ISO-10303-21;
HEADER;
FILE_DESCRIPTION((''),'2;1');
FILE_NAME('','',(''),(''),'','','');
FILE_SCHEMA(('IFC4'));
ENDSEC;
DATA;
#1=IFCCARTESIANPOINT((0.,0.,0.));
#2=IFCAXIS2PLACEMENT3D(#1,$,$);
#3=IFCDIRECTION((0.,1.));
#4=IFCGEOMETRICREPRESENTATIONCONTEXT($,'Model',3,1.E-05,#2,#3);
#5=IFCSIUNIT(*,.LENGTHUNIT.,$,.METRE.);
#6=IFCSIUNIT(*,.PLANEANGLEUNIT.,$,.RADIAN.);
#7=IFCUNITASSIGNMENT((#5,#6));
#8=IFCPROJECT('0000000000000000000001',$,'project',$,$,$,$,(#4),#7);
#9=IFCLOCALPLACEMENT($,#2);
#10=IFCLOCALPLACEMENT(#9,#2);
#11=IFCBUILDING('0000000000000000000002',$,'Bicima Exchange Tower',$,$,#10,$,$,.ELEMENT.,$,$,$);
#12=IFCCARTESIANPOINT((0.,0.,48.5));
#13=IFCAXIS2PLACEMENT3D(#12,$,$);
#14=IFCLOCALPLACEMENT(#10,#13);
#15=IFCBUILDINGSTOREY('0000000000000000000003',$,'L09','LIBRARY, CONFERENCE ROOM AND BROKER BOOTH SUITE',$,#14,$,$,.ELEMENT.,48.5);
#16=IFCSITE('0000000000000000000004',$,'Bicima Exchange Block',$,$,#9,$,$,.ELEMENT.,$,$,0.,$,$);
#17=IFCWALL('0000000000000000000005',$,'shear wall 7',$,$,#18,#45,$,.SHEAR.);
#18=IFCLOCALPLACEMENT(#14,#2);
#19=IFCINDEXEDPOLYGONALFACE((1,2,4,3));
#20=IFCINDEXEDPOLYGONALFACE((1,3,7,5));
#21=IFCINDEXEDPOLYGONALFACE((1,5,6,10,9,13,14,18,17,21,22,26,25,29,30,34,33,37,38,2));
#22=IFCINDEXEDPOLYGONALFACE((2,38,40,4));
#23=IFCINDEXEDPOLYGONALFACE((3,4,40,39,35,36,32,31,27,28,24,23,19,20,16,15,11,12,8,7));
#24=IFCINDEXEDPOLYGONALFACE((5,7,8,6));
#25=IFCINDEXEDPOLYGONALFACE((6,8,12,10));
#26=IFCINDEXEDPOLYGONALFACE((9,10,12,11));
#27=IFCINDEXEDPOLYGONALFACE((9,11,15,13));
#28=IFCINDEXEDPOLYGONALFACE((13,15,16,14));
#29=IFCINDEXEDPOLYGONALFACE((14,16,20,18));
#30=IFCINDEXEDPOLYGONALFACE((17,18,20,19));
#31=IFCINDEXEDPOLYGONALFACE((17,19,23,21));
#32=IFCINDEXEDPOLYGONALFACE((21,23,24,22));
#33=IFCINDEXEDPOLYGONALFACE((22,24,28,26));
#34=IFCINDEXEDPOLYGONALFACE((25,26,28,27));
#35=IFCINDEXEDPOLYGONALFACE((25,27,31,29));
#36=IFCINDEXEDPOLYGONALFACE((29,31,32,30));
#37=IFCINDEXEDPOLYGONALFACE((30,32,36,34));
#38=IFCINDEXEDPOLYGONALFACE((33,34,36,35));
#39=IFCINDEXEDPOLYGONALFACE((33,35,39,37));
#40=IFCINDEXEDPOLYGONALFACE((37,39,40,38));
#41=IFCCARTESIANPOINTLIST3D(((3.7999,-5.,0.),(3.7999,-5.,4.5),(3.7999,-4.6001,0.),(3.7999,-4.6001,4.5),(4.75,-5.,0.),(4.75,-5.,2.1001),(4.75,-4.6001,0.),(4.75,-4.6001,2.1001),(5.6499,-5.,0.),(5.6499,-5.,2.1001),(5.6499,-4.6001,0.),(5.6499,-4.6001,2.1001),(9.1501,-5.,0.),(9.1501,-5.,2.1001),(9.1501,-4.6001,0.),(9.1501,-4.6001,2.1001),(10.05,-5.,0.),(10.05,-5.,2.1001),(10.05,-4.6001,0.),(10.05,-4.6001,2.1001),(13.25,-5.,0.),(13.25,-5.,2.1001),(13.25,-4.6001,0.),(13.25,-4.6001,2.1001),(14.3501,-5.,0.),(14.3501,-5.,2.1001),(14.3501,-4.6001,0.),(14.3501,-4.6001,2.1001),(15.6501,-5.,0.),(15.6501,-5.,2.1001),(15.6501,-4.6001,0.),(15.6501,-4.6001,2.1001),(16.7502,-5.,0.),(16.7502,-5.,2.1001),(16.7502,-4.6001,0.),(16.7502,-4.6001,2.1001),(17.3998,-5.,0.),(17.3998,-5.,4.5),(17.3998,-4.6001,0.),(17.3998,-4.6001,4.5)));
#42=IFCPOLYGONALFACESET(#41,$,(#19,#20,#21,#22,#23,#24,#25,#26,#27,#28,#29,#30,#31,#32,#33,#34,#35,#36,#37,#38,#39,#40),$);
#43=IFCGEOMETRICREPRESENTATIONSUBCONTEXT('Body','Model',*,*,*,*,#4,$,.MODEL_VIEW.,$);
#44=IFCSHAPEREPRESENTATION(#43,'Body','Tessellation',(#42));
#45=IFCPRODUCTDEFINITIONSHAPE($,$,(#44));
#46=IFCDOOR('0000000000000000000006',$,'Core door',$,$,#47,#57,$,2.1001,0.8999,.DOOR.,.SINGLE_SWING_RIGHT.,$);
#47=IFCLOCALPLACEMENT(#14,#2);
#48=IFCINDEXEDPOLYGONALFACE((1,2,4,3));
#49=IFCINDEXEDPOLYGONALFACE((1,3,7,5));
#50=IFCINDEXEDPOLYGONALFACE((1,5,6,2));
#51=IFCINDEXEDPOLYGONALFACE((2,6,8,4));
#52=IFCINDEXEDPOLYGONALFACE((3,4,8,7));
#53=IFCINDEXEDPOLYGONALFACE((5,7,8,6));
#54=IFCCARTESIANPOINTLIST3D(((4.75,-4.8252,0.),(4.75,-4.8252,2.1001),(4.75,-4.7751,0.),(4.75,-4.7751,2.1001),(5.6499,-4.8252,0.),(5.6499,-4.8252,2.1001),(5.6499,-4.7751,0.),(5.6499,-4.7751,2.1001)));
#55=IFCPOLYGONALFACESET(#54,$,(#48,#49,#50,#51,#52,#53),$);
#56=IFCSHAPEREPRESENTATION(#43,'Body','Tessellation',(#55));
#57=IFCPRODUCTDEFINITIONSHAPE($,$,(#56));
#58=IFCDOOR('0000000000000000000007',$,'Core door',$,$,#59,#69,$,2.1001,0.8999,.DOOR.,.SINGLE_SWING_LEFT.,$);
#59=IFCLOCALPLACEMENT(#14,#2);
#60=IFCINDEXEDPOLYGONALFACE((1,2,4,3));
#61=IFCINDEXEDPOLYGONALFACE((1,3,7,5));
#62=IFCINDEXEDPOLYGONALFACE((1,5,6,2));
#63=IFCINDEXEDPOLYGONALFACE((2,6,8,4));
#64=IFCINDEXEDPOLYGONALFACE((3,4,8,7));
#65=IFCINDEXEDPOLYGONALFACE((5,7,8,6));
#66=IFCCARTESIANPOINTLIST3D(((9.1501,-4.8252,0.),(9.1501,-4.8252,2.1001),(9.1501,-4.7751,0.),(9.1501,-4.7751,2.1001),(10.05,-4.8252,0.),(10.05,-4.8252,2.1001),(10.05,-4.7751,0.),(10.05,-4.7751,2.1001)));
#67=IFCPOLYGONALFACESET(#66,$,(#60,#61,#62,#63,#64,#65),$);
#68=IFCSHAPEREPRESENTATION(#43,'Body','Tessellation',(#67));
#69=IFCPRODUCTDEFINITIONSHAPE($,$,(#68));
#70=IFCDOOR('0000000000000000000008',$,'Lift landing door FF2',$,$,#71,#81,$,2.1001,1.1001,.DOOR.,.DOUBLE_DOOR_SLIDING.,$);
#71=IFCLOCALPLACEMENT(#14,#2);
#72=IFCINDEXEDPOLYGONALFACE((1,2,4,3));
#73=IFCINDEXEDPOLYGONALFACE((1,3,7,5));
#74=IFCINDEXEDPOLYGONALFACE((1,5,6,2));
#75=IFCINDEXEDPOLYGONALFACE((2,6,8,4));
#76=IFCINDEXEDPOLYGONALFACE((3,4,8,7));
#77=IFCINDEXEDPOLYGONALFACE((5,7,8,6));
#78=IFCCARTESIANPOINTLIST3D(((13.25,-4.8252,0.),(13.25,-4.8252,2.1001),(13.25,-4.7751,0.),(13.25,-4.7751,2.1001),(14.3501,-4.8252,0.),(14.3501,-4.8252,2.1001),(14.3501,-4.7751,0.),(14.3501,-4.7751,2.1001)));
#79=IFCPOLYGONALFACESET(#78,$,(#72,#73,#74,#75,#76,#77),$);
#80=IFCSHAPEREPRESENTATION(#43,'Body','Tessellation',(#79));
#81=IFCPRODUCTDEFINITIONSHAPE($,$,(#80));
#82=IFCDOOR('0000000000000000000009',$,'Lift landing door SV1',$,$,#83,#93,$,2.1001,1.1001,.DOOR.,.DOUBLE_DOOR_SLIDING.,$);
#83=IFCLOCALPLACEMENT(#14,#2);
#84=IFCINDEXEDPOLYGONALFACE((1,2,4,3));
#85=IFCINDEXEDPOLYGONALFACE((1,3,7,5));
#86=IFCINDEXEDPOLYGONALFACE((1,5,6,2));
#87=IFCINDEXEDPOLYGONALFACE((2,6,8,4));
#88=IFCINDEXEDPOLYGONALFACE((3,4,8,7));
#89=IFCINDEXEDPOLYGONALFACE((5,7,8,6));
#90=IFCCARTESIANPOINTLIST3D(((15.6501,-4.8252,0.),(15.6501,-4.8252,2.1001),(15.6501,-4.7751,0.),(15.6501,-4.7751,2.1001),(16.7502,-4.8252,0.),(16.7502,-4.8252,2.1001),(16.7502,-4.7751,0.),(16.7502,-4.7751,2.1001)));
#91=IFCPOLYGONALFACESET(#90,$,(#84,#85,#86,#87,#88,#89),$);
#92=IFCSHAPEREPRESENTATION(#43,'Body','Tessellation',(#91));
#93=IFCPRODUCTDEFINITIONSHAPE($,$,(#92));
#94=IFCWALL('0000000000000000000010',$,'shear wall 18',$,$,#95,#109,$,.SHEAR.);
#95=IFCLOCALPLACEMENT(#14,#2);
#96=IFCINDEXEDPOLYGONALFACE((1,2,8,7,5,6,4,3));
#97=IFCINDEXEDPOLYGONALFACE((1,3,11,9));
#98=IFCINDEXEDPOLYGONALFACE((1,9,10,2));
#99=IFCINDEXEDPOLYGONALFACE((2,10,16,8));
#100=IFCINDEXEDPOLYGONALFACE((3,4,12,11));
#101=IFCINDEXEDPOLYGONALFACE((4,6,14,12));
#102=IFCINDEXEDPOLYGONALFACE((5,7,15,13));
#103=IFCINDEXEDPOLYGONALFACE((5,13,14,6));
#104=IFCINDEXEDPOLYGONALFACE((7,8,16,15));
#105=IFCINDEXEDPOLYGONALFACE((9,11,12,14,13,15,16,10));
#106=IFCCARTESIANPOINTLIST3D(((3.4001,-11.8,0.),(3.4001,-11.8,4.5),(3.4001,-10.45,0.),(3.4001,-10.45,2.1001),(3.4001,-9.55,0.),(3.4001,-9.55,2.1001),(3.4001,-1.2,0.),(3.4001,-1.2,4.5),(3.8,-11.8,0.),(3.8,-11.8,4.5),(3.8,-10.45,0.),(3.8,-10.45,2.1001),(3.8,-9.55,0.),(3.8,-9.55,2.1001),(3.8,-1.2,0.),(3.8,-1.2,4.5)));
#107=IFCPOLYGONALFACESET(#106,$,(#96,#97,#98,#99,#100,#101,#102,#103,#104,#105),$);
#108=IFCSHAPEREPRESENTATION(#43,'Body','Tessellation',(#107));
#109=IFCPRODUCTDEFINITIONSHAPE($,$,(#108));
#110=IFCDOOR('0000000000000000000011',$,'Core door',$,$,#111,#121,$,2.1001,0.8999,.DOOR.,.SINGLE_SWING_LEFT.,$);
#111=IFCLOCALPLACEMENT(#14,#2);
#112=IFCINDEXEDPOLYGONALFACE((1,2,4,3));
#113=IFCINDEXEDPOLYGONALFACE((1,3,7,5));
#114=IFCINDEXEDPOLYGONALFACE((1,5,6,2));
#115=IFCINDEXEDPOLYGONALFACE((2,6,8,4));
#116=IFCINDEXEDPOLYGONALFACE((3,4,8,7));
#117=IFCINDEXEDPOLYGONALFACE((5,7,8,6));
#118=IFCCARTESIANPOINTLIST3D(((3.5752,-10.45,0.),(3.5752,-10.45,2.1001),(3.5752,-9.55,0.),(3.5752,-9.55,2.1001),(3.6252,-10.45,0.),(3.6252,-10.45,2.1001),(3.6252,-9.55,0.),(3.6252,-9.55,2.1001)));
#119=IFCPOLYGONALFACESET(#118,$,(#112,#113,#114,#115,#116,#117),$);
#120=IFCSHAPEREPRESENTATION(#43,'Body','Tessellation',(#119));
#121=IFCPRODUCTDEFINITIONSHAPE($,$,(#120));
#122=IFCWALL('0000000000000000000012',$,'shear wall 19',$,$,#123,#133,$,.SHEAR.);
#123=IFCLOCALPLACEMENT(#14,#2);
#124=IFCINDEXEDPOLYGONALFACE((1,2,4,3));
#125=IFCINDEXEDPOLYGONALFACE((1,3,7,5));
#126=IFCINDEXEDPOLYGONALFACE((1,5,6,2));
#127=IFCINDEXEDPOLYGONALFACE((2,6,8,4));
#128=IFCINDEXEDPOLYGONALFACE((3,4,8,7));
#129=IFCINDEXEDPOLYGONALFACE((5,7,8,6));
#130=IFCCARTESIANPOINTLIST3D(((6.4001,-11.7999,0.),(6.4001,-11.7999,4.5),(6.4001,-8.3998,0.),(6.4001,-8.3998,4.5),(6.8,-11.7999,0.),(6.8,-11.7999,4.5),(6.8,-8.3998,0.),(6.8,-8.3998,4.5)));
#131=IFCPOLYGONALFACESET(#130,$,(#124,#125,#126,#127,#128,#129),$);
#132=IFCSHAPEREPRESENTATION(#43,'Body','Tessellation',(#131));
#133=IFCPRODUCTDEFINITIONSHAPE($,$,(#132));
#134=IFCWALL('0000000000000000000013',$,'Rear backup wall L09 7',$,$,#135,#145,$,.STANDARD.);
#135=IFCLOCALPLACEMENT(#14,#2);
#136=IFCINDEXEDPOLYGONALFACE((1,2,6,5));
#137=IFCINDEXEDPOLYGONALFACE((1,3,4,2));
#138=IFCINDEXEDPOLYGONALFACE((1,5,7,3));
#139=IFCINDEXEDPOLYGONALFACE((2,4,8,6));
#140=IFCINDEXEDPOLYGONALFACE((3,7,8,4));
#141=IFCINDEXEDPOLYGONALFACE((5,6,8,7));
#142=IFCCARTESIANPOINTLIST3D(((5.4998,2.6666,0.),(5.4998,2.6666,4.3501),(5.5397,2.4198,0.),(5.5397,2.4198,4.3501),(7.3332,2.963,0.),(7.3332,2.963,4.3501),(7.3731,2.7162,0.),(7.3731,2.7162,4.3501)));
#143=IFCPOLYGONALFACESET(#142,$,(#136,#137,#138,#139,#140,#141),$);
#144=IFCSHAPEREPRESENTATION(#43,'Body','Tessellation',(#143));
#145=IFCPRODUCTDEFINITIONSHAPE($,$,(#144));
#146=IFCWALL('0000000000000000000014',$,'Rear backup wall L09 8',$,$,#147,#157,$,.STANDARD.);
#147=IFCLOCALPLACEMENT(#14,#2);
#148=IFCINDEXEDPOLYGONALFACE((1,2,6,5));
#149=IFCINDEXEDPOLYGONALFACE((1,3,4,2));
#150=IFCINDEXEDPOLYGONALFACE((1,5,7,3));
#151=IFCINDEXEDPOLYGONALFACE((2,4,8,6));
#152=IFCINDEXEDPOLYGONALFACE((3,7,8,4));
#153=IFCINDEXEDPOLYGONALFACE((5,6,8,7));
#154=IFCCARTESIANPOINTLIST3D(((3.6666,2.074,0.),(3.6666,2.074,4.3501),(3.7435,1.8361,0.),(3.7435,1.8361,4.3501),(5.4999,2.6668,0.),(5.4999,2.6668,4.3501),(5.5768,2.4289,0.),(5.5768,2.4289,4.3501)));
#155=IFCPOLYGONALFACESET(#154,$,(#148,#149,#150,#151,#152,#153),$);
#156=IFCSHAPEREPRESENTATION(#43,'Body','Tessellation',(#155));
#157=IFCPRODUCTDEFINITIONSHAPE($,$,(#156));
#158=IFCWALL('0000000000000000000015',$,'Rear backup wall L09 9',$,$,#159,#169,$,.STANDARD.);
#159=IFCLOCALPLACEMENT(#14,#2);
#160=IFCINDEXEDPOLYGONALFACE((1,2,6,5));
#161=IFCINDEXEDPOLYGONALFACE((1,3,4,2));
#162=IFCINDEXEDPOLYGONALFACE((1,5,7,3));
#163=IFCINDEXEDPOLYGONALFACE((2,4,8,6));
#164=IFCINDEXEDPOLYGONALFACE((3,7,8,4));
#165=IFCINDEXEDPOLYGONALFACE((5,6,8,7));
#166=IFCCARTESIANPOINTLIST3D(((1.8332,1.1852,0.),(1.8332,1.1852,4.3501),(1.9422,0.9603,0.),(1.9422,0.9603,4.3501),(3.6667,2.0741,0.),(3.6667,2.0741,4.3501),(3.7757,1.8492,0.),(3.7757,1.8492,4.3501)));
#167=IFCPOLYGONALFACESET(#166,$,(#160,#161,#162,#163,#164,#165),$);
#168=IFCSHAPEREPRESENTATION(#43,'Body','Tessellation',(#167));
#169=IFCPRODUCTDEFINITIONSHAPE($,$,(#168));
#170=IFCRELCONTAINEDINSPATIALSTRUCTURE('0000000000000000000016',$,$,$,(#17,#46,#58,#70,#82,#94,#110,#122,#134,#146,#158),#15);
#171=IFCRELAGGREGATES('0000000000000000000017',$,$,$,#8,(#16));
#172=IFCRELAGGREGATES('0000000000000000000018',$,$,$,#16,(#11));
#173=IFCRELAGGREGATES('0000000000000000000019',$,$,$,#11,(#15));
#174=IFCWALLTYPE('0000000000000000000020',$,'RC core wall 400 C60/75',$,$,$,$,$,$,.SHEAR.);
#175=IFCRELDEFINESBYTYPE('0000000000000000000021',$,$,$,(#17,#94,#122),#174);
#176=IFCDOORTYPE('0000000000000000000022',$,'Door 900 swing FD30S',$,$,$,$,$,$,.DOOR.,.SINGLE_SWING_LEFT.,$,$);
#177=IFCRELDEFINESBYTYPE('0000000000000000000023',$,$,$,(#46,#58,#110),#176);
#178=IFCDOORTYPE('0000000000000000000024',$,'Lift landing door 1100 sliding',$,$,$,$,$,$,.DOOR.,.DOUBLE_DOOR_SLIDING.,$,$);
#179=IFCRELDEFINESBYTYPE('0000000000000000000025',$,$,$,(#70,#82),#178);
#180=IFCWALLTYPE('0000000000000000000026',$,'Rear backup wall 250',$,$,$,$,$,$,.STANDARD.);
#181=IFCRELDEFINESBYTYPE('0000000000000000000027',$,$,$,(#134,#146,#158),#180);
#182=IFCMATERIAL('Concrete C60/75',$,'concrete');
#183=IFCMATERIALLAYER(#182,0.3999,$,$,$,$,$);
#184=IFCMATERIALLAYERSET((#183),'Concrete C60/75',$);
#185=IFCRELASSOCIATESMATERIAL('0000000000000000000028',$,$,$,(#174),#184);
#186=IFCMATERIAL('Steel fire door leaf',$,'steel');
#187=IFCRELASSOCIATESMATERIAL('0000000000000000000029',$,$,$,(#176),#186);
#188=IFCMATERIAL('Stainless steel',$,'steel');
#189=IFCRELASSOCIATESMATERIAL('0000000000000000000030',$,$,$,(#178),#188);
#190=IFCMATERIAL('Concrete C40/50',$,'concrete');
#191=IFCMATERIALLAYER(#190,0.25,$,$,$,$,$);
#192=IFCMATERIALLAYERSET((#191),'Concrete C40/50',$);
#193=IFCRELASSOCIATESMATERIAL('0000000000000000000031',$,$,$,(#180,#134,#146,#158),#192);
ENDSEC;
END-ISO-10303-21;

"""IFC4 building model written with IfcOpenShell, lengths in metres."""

from ifc_helpers import new_model, si_unit, direction, frame, frame_2d, origin, place, context, subcontext, project, spatial, rectangle, extrude, material, layer, layer_set, layer_usage, type_object, element, fill, save


model = new_model("IFC4")

# Units and contexts
model_context = context("Model", 3, precision=1e-05, world=origin(), true_north=direction((0.0, 1.0)))
body_context = subcontext(model_context, "Body", "Model", "MODEL_VIEW")
ifc_project = project(units=[si_unit("LENGTHUNIT", "METRE"), si_unit("PLANEANGLEUNIT", "RADIAN")], contexts=[model_context])

# Site, building, storey
site_placement = place(None, origin())
site = spatial("IfcSite", under=ifc_project, at=site_placement, Name="Bicima Exchange Block", CompositionType="ELEMENT", RefElevation=0.0)
building_placement = place(site_placement, origin())
building = spatial("IfcBuilding", under=site, at=building_placement, Name="Bicima Exchange Tower", CompositionType="ELEMENT")
storey_placement = place(building_placement, frame((0.0, 0.0, 48.5)))
storey = spatial("IfcBuildingStorey", under=building, at=storey_placement, Name="L09", Description="LIBRARY, CONFERENCE ROOM AND BROKER BOOTH SUITE", CompositionType="ELEMENT", Elevation=48.5)

# Shared definitions
ifc_material_1 = material(Name="Concrete C60/75", Category="concrete")
ifc_layer_1 = layer(ifc_material_1, 0.3999)
ifc_layer_set_1 = layer_set([ifc_layer_1], Name="Concrete C60/75")
wall_type_1 = type_object("IfcWallType", Name="RC core wall 400 C60/75", PredefinedType="SHEAR", material=ifc_layer_set_1)
ifc_material_2 = material(Name="Steel fire door leaf", Category="steel")
door_type_1 = type_object("IfcDoorType", Name="Door 900 swing FD30S", OperationType="SINGLE_SWING_LEFT", PredefinedType="DOOR", material=ifc_material_2)

# Wall, openings, doors
wall_1_placement = place(storey_placement, frame((3.8, -4.8, 0.0), z_axis=(0.0, 0.0, 1.0), x_axis=(1.0, 0.0, 0.0)))
wall_1 = element("IfcWall", 1, at=wall_1_placement, inside=storey, type_object=wall_type_1, Name="shear wall 7", PredefinedType="SHEAR", context=body_context, shape_type="SweptSolid", body=[
    extrude(rectangle(XDim=13.5999, YDim=0.3999, at=frame_2d((6.7998, 0.0))), origin(), (0.0, 0.0, 1.0), 4.5),
])
opening_1_placement = place(wall_1_placement, frame((9.45, 0.0, 0.0)))
opening_1 = element("IfcOpeningElement", 2, at=opening_1_placement, cuts=wall_1, PredefinedType="OPENING", context=body_context, shape_type="SweptSolid", body=[
    extrude(rectangle(XDim=1.1001, YDim=2.1001, at=frame_2d((0.55, 1.05))), frame((0.0, 0.2119, 0.0), z_axis=(0.0, -1.0, 0.0), x_axis=(1.0, 0.0, 0.0)), (0.0, 0.0, 1.0), 0.4238),
])
opening_2_placement = place(wall_1_placement, frame((11.8501, 0.0, 0.0)))
opening_2 = element("IfcOpeningElement", 3, at=opening_2_placement, cuts=wall_1, PredefinedType="OPENING", context=body_context, shape_type="SweptSolid", body=[
    extrude(rectangle(XDim=1.1001, YDim=2.1001, at=frame_2d((0.55, 1.05))), frame((0.0, 0.2119, 0.0), z_axis=(0.0, -1.0, 0.0), x_axis=(1.0, 0.0, 0.0)), (0.0, 0.0, 1.0), 0.4238),
])
opening_3_placement = place(wall_1_placement, frame((0.95, 0.0, 0.0)))
opening_3 = element("IfcOpeningElement", 4, at=opening_3_placement, cuts=wall_1, PredefinedType="OPENING", context=body_context, shape_type="SweptSolid", body=[
    extrude(rectangle(XDim=0.8999, YDim=2.1001, at=frame_2d((0.45, 1.05))), frame((0.0, 0.2119, 0.0), z_axis=(0.0, -1.0, 0.0), x_axis=(1.0, 0.0, 0.0)), (0.0, 0.0, 1.0), 0.4238),
])
opening_4_placement = place(wall_1_placement, frame((5.3501, 0.0, 0.0)))
opening_4 = element("IfcOpeningElement", 5, at=opening_4_placement, cuts=wall_1, PredefinedType="OPENING", context=body_context, shape_type="SweptSolid", body=[
    extrude(rectangle(XDim=0.8999, YDim=2.1001, at=frame_2d((0.45, 1.05))), frame((0.0, 0.2119, 0.0), z_axis=(0.0, -1.0, 0.0), x_axis=(1.0, 0.0, 0.0)), (0.0, 0.0, 1.0), 0.4238),
])
door_1_placement = place(opening_3_placement, origin())
door_1 = element("IfcDoor", 6, at=door_1_placement, inside=storey, type_object=door_type_1, Name="Core door", OperationType="SINGLE_SWING_RIGHT", OverallHeight=2.1001, OverallWidth=0.8999, PredefinedType="DOOR", context=body_context, shape_type="SweptSolid", body=[
    extrude(rectangle(XDim=0.8999, YDim=2.1001, at=frame_2d((0.45, 1.05))), frame((0.0, 0.0249, 0.0), z_axis=(0.0, -1.0, 0.0), x_axis=(1.0, 0.0, 0.0)), (0.0, 0.0, 1.0), 0.05),
])
fill(opening_3, door_1)
door_2_placement = place(opening_4_placement, origin())
door_2 = element("IfcDoor", 7, at=door_2_placement, inside=storey, type_object=door_type_1, Name="Core door", OperationType="SINGLE_SWING_LEFT", OverallHeight=2.1001, OverallWidth=0.8999, PredefinedType="DOOR", context=body_context, shape_type="SweptSolid", body=[
    extrude(rectangle(XDim=0.8999, YDim=2.1001, at=frame_2d((0.45, 1.05))), frame((0.0, 0.0249, 0.0), z_axis=(0.0, -1.0, 0.0), x_axis=(1.0, 0.0, 0.0)), (0.0, 0.0, 1.0), 0.05),
])
fill(opening_4, door_2)
ifc_material_3 = material(Name="Stainless steel", Category="steel")
door_type_2 = type_object("IfcDoorType", Name="Lift landing door 1100 sliding", OperationType="DOUBLE_DOOR_SLIDING", PredefinedType="DOOR", material=ifc_material_3)
door_3_placement = place(opening_1_placement, origin())
door_3 = element("IfcDoor", 8, at=door_3_placement, inside=storey, type_object=door_type_2, Name="Lift landing door FF2", OperationType="DOUBLE_DOOR_SLIDING", OverallHeight=2.1001, OverallWidth=1.1001, PredefinedType="DOOR", context=body_context, shape_type="SweptSolid", body=[
    extrude(rectangle(XDim=1.1001, YDim=2.1001, at=frame_2d((0.55, 1.05))), frame((0.0, 0.0249, 0.0), z_axis=(0.0, -1.0, 0.0), x_axis=(1.0, 0.0, 0.0)), (0.0, 0.0, 1.0), 0.05),
])
fill(opening_1, door_3)
door_4_placement = place(opening_2_placement, origin())
door_4 = element("IfcDoor", 9, at=door_4_placement, inside=storey, type_object=door_type_2, Name="Lift landing door SV1", OperationType="DOUBLE_DOOR_SLIDING", OverallHeight=2.1001, OverallWidth=1.1001, PredefinedType="DOOR", context=body_context, shape_type="SweptSolid", body=[
    extrude(rectangle(XDim=1.1001, YDim=2.1001, at=frame_2d((0.55, 1.05))), frame((0.0, 0.0249, 0.0), z_axis=(0.0, -1.0, 0.0), x_axis=(1.0, 0.0, 0.0)), (0.0, 0.0, 1.0), 0.05),
])
fill(opening_2, door_4)

# Wall, opening, door
wall_2_placement = place(storey_placement, frame((3.6001, -11.8, 0.0), z_axis=(0.0, 0.0, 1.0), x_axis=(0.0, 1.0, 0.0)))
wall_2 = element("IfcWall", 10, at=wall_2_placement, inside=storey, type_object=wall_type_1, Name="shear wall 18", PredefinedType="SHEAR", context=body_context, shape_type="SweptSolid", body=[
    extrude(rectangle(XDim=10.6001, YDim=0.3999, at=frame_2d((5.3, 0.0))), origin(), (0.0, 0.0, 1.0), 4.5),
])
opening_5_placement = place(wall_2_placement, frame((1.3501, 0.0, 0.0)))
opening_5 = element("IfcOpeningElement", 11, at=opening_5_placement, cuts=wall_2, PredefinedType="OPENING", context=body_context, shape_type="SweptSolid", body=[
    extrude(rectangle(XDim=0.8999, YDim=2.1001, at=frame_2d((0.45, 1.05))), frame((0.0, 0.2119, 0.0), z_axis=(0.0, -1.0, 0.0), x_axis=(1.0, 0.0, 0.0)), (0.0, 0.0, 1.0), 0.4238),
])
door_5_placement = place(opening_5_placement, origin())
door_5 = element("IfcDoor", 12, at=door_5_placement, inside=storey, type_object=door_type_1, Name="Core door", OperationType="SINGLE_SWING_LEFT", OverallHeight=2.1001, OverallWidth=0.8999, PredefinedType="DOOR", context=body_context, shape_type="SweptSolid", body=[
    extrude(rectangle(XDim=0.8999, YDim=2.1001, at=frame_2d((0.45, 1.05))), frame((0.0, 0.0249, 0.0), z_axis=(0.0, -1.0, 0.0), x_axis=(1.0, 0.0, 0.0)), (0.0, 0.0, 1.0), 0.05),
])
fill(opening_5, door_5)

# Walls
wall_3_placement = place(storey_placement, frame((6.6001, -11.8, 0.0), z_axis=(0.0, 0.0, 1.0), x_axis=(0.0, 1.0, 0.0)))
element("IfcWall", 13, at=wall_3_placement, inside=storey, type_object=wall_type_1, Name="shear wall 19", PredefinedType="SHEAR", context=body_context, shape_type="SweptSolid", body=[
    extrude(rectangle(XDim=3.4001, YDim=0.3999, at=frame_2d((1.7002, 0.0))), origin(), (0.0, 0.0, 1.0), 4.5),
])
ifc_material_4 = material(Name="Concrete C40/50", Category="concrete")
ifc_layer_2 = layer(ifc_material_4, 0.25)
ifc_layer_set_2 = layer_set([ifc_layer_2], Name="Concrete C40/50")
ifc_layer_usage = layer_usage(ifc_layer_set_2, "AXIS2", "POSITIVE", -0.125)
wall_type_2 = type_object("IfcWallType", Name="Rear backup wall 250", PredefinedType="STANDARD", material=ifc_layer_set_2)
wall_4_placement = place(storey_placement, frame((7.3533, 2.8396, 0.0), z_axis=(0.0, 0.0, 1.0), x_axis=(-0.987182, -0.1596, 0.0)))
element("IfcWall", 14, at=wall_4_placement, inside=storey, type_object=wall_type_2, material=ifc_layer_usage, Name="Rear backup wall L09 7", PredefinedType="STANDARD", context=body_context, shape_type="SweptSolid", body=[
    extrude(rectangle(XDim=1.8572, YDim=0.25, at=frame_2d((0.9287, 0.0))), origin(), (0.0, 0.0, 1.0), 4.3501),
])
wall_5_placement = place(storey_placement, frame((5.5383, 2.5479, 0.0), z_axis=(0.0, 0.0, 1.0), x_axis=(-0.951496, -0.307662, 0.0)))
element("IfcWall", 15, at=wall_5_placement, inside=storey, type_object=wall_type_2, material=ifc_layer_usage, Name="Rear backup wall L09 8", PredefinedType="STANDARD", context=body_context, shape_type="SweptSolid", body=[
    extrude(rectangle(XDim=1.9268, YDim=0.25, at=frame_2d((0.9634, 0.0))), origin(), (0.0, 0.0, 1.0), 4.3501),
])
wall_6_placement = place(storey_placement, frame((3.7212, 1.9617, 0.0), z_axis=(0.0, 0.0, 1.0), x_axis=(-0.899824, -0.436253, 0.0)))
element("IfcWall", 16, at=wall_6_placement, inside=storey, type_object=wall_type_2, material=ifc_layer_usage, Name="Rear backup wall L09 9", PredefinedType="STANDARD", context=body_context, shape_type="SweptSolid", body=[
    extrude(rectangle(XDim=2.0376, YDim=0.25, at=frame_2d((1.0188, 0.0))), origin(), (0.0, 0.0, 1.0), 4.3501),
])

save(model, "model.ifc")
